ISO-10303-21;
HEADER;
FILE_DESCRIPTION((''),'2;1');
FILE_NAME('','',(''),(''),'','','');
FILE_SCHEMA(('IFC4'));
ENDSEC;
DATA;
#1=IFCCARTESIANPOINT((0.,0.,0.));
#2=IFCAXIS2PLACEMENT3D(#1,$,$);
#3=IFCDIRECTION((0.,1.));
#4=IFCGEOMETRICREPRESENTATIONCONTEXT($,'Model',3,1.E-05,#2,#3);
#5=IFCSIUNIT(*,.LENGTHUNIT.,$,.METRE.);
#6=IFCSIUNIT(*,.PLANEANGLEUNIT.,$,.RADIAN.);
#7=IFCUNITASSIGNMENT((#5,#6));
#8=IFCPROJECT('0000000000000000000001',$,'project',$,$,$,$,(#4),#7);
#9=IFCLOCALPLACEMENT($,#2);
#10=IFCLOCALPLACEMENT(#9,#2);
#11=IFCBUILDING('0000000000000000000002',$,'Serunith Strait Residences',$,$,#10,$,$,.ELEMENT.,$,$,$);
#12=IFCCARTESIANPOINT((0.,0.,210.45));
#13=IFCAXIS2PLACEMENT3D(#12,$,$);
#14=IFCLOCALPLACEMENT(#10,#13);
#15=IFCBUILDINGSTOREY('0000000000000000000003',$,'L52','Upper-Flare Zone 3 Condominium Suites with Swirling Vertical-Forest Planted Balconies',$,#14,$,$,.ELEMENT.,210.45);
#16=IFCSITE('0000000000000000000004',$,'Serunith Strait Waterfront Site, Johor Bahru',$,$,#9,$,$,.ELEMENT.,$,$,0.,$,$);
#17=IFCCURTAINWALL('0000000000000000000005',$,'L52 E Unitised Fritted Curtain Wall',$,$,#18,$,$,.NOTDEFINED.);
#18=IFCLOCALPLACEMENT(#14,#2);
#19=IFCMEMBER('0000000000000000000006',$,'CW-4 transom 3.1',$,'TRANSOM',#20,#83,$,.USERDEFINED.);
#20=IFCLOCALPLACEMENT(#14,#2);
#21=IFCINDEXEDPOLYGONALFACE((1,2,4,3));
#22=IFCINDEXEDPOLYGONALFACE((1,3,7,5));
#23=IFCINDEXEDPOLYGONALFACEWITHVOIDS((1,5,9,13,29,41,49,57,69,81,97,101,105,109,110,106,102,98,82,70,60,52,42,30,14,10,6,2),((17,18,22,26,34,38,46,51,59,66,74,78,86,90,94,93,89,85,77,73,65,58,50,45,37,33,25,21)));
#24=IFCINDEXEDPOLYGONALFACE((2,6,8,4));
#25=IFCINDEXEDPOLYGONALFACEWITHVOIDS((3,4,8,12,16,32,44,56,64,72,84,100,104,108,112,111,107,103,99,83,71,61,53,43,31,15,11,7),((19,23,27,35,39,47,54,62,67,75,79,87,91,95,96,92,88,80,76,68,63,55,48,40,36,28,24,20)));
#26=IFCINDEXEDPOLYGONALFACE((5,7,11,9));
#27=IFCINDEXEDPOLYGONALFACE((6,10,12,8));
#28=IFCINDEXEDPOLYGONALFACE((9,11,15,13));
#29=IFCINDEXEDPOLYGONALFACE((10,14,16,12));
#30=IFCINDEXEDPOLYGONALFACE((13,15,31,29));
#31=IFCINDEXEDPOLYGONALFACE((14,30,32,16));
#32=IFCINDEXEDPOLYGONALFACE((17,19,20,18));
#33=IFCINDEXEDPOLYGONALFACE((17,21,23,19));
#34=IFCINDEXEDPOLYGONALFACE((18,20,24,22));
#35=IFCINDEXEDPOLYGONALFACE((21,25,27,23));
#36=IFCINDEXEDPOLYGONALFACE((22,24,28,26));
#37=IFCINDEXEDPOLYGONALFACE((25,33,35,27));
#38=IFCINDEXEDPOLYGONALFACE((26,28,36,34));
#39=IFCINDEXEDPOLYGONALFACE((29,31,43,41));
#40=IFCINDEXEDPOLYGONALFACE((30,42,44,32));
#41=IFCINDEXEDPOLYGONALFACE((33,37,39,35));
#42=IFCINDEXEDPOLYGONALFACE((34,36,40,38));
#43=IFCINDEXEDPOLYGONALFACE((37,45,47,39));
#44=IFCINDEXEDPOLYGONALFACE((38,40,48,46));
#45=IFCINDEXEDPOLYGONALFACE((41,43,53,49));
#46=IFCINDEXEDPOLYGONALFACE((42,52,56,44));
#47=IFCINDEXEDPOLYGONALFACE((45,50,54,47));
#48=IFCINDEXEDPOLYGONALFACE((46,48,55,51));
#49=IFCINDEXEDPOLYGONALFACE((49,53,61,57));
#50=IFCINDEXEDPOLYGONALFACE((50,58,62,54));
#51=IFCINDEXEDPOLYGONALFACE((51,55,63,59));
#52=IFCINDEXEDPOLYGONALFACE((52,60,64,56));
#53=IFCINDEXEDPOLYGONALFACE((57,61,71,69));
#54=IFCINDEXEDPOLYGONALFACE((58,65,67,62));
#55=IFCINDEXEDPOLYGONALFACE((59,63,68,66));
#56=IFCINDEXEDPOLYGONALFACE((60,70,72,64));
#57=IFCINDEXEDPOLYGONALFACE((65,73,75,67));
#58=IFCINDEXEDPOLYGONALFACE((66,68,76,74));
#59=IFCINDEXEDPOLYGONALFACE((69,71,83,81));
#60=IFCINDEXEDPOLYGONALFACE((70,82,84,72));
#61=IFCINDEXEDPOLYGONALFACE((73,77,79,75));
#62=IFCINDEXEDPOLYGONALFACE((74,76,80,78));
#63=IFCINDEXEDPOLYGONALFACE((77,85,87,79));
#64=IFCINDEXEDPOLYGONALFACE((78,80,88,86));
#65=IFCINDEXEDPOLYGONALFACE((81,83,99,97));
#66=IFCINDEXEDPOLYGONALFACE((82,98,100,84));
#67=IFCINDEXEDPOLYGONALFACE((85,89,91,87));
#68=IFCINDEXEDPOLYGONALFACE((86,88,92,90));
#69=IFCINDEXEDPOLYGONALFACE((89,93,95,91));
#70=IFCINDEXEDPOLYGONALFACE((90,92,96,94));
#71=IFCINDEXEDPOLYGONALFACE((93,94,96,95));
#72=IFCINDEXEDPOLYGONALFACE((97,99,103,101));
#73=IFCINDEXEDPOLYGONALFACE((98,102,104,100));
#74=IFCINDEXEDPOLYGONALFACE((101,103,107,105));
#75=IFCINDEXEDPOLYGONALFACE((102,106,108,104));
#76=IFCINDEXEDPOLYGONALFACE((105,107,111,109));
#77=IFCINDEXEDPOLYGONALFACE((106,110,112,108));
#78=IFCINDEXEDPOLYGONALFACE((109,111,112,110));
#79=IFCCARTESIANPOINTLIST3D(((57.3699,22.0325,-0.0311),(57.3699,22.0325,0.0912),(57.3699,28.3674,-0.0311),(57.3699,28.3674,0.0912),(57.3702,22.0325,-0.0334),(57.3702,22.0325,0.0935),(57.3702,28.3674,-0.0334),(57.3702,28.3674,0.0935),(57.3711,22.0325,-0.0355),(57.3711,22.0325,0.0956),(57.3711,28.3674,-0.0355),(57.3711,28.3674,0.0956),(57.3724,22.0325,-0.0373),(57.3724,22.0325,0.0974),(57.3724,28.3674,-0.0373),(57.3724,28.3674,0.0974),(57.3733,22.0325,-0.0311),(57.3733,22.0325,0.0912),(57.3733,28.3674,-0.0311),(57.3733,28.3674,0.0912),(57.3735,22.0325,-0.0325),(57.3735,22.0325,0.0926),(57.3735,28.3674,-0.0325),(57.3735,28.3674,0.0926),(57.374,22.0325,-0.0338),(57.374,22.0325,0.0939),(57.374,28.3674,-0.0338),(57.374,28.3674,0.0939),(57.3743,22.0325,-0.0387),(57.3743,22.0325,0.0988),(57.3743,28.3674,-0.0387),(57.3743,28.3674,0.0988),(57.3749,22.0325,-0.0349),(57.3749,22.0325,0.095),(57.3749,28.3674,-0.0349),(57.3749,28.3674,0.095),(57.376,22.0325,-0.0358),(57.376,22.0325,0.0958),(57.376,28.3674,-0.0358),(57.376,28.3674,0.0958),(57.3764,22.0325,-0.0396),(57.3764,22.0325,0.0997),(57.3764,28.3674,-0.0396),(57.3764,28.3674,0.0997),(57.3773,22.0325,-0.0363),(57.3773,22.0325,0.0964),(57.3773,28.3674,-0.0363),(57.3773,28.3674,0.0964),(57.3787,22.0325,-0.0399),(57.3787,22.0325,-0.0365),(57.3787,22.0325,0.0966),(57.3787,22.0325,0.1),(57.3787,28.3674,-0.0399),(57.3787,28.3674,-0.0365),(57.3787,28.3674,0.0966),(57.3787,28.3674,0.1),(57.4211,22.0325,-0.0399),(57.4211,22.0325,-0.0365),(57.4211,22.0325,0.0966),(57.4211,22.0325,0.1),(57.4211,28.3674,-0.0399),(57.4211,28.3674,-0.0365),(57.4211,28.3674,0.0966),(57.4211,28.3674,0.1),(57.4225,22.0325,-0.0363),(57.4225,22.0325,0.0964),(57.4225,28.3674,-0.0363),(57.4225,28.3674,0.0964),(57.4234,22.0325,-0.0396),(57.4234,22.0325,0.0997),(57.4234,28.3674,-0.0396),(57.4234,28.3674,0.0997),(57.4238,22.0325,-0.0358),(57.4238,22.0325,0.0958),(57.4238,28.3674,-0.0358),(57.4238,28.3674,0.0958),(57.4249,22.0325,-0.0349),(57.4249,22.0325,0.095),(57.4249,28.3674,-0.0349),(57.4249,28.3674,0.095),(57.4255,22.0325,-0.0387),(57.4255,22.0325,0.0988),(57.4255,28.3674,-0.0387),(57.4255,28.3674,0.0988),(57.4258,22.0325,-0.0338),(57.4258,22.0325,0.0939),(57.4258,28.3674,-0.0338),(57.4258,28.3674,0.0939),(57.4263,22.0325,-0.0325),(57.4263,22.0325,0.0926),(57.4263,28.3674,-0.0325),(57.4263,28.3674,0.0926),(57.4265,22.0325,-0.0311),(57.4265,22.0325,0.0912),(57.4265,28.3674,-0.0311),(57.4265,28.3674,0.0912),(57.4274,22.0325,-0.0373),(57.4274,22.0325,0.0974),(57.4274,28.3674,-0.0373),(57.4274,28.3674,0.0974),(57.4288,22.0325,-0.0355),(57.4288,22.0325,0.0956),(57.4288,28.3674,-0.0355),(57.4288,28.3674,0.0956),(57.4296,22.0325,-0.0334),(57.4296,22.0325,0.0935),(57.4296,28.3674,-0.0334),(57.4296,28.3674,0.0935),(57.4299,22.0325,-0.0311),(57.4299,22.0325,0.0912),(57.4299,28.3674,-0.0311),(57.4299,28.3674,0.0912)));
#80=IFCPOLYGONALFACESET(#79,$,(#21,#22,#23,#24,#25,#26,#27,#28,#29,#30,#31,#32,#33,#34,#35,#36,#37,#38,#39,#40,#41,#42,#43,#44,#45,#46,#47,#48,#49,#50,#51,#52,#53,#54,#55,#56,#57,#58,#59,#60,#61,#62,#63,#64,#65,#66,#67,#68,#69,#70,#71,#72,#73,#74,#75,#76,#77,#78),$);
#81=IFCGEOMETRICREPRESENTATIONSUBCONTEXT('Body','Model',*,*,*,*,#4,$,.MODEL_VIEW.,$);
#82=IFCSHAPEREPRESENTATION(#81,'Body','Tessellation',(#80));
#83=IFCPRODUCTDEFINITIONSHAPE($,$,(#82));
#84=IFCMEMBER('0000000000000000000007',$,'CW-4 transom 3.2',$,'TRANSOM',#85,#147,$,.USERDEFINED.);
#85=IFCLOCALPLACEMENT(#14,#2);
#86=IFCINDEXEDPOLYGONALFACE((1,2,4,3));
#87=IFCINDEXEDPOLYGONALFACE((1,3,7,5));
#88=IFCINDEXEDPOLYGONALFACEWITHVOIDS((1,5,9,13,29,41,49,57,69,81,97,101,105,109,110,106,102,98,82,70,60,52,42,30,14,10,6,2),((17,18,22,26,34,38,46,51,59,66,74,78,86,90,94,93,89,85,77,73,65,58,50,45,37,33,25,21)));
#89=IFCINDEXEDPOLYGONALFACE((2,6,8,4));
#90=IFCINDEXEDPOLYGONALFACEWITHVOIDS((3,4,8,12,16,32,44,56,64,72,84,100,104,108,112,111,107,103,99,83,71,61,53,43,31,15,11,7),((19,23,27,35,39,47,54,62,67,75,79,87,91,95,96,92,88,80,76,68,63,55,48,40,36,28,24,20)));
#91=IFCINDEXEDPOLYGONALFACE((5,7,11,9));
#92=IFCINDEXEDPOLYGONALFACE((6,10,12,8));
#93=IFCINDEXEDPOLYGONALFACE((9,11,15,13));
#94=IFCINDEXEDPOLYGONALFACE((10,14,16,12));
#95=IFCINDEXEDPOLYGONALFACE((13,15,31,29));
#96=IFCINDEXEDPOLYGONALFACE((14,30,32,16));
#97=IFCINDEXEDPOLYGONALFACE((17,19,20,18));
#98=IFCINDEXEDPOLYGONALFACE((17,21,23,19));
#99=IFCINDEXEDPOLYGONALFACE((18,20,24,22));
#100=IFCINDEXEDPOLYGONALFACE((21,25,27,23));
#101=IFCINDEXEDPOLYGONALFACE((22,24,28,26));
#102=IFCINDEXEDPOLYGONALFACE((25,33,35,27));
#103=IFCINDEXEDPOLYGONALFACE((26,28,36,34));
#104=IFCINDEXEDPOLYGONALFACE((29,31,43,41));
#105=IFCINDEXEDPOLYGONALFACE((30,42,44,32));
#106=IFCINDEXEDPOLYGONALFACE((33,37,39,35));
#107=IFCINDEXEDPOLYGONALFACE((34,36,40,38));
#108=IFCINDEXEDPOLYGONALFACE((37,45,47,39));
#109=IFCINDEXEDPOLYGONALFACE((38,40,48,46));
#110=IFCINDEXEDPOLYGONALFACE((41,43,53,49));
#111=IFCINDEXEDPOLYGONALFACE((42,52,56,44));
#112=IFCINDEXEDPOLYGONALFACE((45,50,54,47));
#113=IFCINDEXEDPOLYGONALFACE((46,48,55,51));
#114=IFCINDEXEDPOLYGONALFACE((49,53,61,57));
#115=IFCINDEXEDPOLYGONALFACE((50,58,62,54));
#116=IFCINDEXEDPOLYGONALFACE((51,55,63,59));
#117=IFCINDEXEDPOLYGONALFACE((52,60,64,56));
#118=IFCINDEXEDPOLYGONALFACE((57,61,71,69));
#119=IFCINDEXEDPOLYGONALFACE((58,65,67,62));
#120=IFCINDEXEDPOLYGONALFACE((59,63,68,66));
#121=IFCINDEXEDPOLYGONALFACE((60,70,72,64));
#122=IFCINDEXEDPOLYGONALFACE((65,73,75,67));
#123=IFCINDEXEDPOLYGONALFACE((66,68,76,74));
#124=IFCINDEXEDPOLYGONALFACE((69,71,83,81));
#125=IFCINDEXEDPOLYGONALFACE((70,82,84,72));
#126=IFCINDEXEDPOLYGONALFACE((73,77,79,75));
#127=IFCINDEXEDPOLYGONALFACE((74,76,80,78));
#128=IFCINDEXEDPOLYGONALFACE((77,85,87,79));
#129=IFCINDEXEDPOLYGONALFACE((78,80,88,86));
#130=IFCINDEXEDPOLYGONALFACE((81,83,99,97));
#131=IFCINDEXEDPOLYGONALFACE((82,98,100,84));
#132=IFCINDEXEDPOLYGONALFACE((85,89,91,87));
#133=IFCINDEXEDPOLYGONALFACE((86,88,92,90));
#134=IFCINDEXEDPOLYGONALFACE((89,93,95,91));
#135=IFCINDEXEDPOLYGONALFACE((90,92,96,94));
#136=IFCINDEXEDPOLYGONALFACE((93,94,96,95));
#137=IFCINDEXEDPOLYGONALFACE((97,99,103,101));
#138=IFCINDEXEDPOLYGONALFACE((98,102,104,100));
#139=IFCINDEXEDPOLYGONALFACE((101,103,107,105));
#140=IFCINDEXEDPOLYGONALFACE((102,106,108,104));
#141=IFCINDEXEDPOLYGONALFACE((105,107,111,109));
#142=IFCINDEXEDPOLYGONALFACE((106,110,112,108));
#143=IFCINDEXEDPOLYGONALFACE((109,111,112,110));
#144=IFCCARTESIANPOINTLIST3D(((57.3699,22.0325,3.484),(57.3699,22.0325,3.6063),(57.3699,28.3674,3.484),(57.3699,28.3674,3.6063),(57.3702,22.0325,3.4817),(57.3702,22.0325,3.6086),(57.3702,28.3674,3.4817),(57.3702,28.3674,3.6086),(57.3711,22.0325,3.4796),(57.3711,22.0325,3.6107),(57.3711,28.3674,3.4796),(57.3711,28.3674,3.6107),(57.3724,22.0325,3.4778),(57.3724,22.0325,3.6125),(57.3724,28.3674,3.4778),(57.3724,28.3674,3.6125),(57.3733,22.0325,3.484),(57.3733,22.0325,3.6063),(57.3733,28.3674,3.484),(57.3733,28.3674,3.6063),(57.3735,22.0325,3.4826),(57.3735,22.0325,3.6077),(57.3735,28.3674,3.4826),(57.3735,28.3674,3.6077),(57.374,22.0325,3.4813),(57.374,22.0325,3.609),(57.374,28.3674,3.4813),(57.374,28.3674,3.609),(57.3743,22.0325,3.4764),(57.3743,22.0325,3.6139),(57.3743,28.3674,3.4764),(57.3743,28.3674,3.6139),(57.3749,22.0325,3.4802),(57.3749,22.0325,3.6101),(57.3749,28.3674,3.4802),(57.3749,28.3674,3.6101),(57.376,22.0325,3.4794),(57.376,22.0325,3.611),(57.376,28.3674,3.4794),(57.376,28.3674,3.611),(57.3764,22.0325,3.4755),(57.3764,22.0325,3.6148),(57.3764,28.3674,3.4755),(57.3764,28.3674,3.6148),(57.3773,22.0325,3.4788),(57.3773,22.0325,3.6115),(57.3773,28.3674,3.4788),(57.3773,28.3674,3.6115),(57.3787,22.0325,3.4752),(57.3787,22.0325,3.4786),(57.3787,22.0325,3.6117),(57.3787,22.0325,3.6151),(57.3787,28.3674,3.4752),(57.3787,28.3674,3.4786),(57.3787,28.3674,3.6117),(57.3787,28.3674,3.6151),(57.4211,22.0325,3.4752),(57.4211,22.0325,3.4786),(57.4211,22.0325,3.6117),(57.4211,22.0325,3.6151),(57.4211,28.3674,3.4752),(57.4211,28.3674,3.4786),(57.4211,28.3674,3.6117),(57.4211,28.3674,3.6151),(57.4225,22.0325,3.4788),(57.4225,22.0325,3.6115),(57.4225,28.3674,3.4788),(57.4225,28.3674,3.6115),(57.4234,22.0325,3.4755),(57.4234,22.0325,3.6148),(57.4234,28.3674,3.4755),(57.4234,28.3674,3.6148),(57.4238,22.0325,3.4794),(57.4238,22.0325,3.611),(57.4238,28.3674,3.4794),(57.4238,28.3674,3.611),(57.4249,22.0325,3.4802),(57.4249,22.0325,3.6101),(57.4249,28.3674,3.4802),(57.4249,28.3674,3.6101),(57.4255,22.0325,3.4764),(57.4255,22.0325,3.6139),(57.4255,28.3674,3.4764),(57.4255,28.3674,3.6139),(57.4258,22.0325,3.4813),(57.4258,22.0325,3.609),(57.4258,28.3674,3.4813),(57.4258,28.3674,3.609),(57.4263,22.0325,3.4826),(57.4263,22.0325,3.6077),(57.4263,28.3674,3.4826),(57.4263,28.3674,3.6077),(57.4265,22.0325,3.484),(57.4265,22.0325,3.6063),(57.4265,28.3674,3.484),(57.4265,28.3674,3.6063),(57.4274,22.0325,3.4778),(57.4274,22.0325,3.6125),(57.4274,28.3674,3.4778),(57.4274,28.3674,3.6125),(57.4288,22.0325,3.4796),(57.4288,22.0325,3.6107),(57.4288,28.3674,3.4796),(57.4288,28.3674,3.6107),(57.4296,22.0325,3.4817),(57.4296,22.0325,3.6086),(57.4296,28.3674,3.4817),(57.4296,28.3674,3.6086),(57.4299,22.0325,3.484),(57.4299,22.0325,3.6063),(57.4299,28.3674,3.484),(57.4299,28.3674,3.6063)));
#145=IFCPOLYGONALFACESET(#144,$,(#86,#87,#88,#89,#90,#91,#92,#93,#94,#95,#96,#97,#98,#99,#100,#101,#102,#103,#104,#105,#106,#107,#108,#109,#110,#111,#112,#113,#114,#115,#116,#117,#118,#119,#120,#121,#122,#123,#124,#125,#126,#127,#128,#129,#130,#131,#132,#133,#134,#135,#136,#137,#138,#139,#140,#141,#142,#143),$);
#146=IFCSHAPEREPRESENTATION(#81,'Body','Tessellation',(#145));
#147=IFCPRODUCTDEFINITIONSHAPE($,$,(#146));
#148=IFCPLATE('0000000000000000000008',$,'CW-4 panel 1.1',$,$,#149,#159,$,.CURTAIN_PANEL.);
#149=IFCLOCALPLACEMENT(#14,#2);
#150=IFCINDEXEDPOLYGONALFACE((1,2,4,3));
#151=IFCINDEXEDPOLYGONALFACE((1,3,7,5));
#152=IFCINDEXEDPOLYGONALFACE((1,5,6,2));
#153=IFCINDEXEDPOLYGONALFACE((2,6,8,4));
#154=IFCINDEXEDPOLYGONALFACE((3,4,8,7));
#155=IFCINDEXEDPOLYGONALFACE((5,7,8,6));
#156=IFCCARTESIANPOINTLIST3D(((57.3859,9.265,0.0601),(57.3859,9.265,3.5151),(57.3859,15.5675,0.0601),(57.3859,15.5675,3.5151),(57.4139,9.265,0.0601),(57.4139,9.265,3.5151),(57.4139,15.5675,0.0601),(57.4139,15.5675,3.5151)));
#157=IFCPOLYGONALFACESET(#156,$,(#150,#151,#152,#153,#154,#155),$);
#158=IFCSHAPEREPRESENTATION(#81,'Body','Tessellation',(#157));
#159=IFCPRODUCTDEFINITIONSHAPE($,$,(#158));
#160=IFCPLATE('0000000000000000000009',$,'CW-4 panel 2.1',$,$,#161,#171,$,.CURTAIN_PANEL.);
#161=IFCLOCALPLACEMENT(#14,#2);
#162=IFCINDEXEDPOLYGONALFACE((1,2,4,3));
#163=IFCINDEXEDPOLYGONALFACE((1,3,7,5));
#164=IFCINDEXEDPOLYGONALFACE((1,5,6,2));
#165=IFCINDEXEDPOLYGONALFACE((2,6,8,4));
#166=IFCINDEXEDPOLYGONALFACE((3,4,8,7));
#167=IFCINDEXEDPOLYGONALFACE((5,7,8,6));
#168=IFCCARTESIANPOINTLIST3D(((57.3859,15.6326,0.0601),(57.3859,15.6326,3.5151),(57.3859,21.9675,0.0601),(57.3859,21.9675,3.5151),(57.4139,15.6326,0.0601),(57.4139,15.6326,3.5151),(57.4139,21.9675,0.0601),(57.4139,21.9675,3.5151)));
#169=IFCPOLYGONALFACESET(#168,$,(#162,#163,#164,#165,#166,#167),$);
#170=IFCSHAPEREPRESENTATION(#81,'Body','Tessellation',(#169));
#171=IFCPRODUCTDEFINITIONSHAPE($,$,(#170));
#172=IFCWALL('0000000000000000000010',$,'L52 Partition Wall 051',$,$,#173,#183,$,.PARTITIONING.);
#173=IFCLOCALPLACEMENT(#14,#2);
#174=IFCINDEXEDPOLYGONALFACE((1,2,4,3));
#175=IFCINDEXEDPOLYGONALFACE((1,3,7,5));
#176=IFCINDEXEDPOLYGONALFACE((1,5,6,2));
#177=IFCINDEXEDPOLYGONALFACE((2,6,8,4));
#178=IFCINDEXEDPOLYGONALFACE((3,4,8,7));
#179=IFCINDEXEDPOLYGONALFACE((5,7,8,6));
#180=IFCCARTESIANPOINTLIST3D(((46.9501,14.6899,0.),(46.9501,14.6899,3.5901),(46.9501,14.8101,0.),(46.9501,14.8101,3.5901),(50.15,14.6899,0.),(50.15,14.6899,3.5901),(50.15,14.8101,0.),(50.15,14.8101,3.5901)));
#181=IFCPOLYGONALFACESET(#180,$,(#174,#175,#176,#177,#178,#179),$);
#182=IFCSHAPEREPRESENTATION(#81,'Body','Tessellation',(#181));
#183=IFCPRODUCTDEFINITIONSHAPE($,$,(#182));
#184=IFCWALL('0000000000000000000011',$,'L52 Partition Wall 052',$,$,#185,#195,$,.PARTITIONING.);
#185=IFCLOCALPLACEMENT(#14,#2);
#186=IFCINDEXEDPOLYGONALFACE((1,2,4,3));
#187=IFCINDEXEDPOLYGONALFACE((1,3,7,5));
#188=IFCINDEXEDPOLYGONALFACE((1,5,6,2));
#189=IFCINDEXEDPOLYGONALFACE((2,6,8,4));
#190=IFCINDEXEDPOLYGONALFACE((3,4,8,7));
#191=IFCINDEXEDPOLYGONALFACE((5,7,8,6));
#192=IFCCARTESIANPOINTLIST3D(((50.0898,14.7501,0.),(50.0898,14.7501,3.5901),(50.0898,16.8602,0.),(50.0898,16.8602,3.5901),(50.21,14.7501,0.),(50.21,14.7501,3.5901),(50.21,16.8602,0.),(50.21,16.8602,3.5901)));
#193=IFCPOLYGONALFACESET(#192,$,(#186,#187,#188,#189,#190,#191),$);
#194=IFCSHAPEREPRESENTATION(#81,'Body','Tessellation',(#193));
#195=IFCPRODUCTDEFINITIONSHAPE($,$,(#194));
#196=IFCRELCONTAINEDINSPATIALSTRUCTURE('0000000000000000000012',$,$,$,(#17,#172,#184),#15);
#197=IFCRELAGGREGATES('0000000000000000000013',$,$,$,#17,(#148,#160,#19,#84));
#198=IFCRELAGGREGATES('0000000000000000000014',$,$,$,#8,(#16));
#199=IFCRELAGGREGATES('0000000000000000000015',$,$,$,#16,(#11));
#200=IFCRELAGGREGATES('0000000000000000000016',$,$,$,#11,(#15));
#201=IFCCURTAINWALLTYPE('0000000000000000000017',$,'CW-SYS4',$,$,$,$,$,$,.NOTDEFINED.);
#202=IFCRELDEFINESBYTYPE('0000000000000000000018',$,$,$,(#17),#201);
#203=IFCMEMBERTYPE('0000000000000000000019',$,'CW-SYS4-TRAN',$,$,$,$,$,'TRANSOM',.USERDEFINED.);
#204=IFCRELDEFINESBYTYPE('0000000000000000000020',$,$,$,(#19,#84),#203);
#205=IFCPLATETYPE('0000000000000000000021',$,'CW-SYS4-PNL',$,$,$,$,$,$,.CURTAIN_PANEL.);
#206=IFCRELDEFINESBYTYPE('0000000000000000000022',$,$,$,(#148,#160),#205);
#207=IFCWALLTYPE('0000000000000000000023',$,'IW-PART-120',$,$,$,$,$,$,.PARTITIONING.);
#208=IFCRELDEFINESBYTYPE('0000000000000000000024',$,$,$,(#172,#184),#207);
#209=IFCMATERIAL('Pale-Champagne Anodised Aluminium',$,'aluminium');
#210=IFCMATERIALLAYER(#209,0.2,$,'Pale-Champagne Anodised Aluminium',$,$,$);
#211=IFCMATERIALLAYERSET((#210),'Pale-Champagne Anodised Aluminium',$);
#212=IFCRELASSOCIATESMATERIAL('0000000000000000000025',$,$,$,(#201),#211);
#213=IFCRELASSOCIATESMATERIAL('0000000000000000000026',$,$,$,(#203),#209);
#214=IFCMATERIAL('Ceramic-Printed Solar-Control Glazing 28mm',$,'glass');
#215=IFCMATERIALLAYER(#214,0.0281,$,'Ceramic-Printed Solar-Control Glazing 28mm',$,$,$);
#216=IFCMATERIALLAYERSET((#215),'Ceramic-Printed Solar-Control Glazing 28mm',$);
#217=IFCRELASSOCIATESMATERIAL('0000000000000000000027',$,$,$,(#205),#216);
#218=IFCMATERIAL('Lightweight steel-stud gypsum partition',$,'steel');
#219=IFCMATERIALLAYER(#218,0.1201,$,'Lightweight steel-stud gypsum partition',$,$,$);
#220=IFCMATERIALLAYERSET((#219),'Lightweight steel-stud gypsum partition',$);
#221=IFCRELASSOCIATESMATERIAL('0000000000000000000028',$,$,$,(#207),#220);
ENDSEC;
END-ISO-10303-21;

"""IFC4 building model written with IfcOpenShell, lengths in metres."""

from ifc_helpers import new_model, si_unit, direction, frame, frame_2d, origin, origin_2d, place, context, subcontext, project, spatial, rectangle, hollow_rectangle, extrude, source, transform, mapped, material, layer, layer_set, material_profile, profile_set, type_object, element, aggregate, save


model = new_model("IFC4")

# Units and contexts
model_context = context("Model", 3, precision=1e-05, world=origin(), true_north=direction((0.0, 1.0)))
body_context = subcontext(model_context, "Body", "Model", "MODEL_VIEW")
ifc_project = project(units=[si_unit("LENGTHUNIT", "METRE"), si_unit("PLANEANGLEUNIT", "RADIAN")], contexts=[model_context])

# Site, building, storey
site_placement = place(None, origin())
site = spatial("IfcSite", under=ifc_project, at=site_placement, Name="Serunith Strait Waterfront Site, Johor Bahru", CompositionType="ELEMENT", RefElevation=0.0)
building_placement = place(site_placement, origin())
building = spatial("IfcBuilding", under=site, at=building_placement, Name="Serunith Strait Residences", CompositionType="ELEMENT")
storey_placement = place(building_placement, frame((0.0, 0.0, 210.45)))
storey = spatial("IfcBuildingStorey", under=building, at=storey_placement, Name="L52", Description="Upper-Flare Zone 3 Condominium Suites with Swirling Vertical-Forest Planted Balconies", CompositionType="ELEMENT", Elevation=210.45)

# Curtain wall, members, plates
ifc_material_1 = material(Name="Pale-Champagne Anodised Aluminium", Category="aluminium")
ifc_layer_1 = layer(ifc_material_1, 0.2, Name="Pale-Champagne Anodised Aluminium")
ifc_layer_set_1 = layer_set([ifc_layer_1], Name="Pale-Champagne Anodised Aluminium")
curtain_wall_type = type_object("IfcCurtainWallType", Name="CW-SYS4", PredefinedType="NOTDEFINED", material=ifc_layer_set_1)
curtain_wall_placement = place(storey_placement, origin())
curtain_wall = element("IfcCurtainWall", 1, at=curtain_wall_placement, inside=storey, type_object=curtain_wall_type, Name="L52 E Unitised Fritted Curtain Wall", PredefinedType="NOTDEFINED")
ifc_material_profile_1 = material_profile(ifc_material_1, hollow_rectangle(XDim=0.0601, YDim=0.1399, WallThickness=0.0034, InnerFilletRadius=0.0054, OuterFilletRadius=0.0088, at=origin_2d()), Name="ALU 140x60x3.5")
ifc_profile_set_1 = profile_set([ifc_material_profile_1], Name="Pale-Champagne Anodised Aluminium")
member_type_1 = type_object("IfcMemberType", Name="CW-SYS4-TRAN", ElementType="TRANSOM", PredefinedType="USERDEFINED", material=ifc_profile_set_1)
shared_shape_1 = source(origin(), body_context, "Body", "SweptSolid", [
    extrude(hollow_rectangle(XDim=0.0601, YDim=0.1399, WallThickness=0.0034, InnerFilletRadius=0.0054, OuterFilletRadius=0.0088, at=origin_2d()), origin(), (0.0, 0.0, 1.0), 6.335),
])
member_1_placement = place(storey_placement, frame((57.3999, 22.0325, 0.03), z_axis=(0.0, 1.0, 0.0), x_axis=(-1.0, 0.0, 0.0)))
member_1 = element("IfcMember", 2, at=member_1_placement, type_object=member_type_1, Name="CW-4 transom 3.1", ObjectType="TRANSOM", PredefinedType="USERDEFINED", context=body_context, shape_type="MappedRepresentation", body=[
    mapped(shared_shape_1, transform((0.0, 0.0, 0.0), scale=1.0)),
])
member_2_placement = place(storey_placement, frame((57.3999, 22.0325, 3.5452), z_axis=(0.0, 1.0, 0.0), x_axis=(-1.0, 0.0, 0.0)))
member_2 = element("IfcMember", 3, at=member_2_placement, type_object=member_type_1, Name="CW-4 transom 3.2", ObjectType="TRANSOM", PredefinedType="USERDEFINED", context=body_context, shape_type="MappedRepresentation", body=[
    mapped(shared_shape_1, transform((0.0, 0.0, 0.0), scale=1.0)),
])
ifc_material_2 = material(Name="Ceramic-Printed Solar-Control Glazing 28mm", Category="glass")
ifc_layer_2 = layer(ifc_material_2, 0.0281, Name="Ceramic-Printed Solar-Control Glazing 28mm")
ifc_layer_set_2 = layer_set([ifc_layer_2], Name="Ceramic-Printed Solar-Control Glazing 28mm")
plate_type = type_object("IfcPlateType", Name="CW-SYS4-PNL", PredefinedType="CURTAIN_PANEL", material=ifc_layer_set_2)
shared_shape_2 = source(origin(), body_context, "Body", "SweptSolid", [
    extrude(rectangle(XDim=6.3025, YDim=0.0281, at=origin_2d()), origin(), (0.0, 0.0, 1.0), 3.4551),
])
plate_1_placement = place(storey_placement, frame((57.3999, 12.4163, 0.0601), z_axis=(0.0, 0.0, 1.0), x_axis=(0.0, 1.0, 0.0)))
plate_1 = element("IfcPlate", 4, at=plate_1_placement, type_object=plate_type, Name="CW-4 panel 1.1", PredefinedType="CURTAIN_PANEL", context=body_context, shape_type="MappedRepresentation", body=[
    mapped(shared_shape_2, transform((0.0, 0.0, 0.0), scale=1.0)),
])
shared_shape_3 = source(origin(), body_context, "Body", "SweptSolid", [
    extrude(rectangle(XDim=6.335, YDim=0.0281, at=origin_2d()), origin(), (0.0, 0.0, 1.0), 3.4551),
])
plate_2_placement = place(storey_placement, frame((57.3999, 18.8, 0.0601), z_axis=(0.0, 0.0, 1.0), x_axis=(0.0, 1.0, 0.0)))
plate_2 = element("IfcPlate", 5, at=plate_2_placement, type_object=plate_type, Name="CW-4 panel 2.1", PredefinedType="CURTAIN_PANEL", context=body_context, shape_type="MappedRepresentation", body=[
    mapped(shared_shape_3, transform((0.0, 0.0, 0.0), scale=1.0)),
])
aggregate(curtain_wall, [plate_1, plate_2, member_1, member_2])

# Walls
ifc_material_3 = material(Name="Lightweight steel-stud gypsum partition", Category="steel")
ifc_layer_3 = layer(ifc_material_3, 0.1201, Name="Lightweight steel-stud gypsum partition")
ifc_layer_set_3 = layer_set([ifc_layer_3], Name="Lightweight steel-stud gypsum partition")
wall_type = type_object("IfcWallType", Name="IW-PART-120", PredefinedType="PARTITIONING", material=ifc_layer_set_3)
wall_1_placement = place(storey_placement, frame((46.95, 14.75, 0.0), z_axis=(0.0, 0.0, 1.0), x_axis=(1.0, 0.0, 0.0)))
element("IfcWall", 6, at=wall_1_placement, inside=storey, type_object=wall_type, Name="L52 Partition Wall 051", PredefinedType="PARTITIONING", context=body_context, shape_type="SweptSolid", body=[
    extrude(rectangle(XDim=3.2, YDim=0.1201, at=frame_2d((1.6001, 0.0))), origin(), (0.0, 0.0, 1.0), 3.5901),
])
wall_2_placement = place(storey_placement, frame((50.1499, 14.75, 0.0), z_axis=(0.0, 0.0, 1.0), x_axis=(0.0, 1.0, 0.0)))
element("IfcWall", 7, at=wall_2_placement, inside=storey, type_object=wall_type, Name="L52 Partition Wall 052", PredefinedType="PARTITIONING", context=body_context, shape_type="SweptSolid", body=[
    extrude(rectangle(XDim=2.1101, YDim=0.1201, at=frame_2d((1.0552, 0.0))), origin(), (0.0, 0.0, 1.0), 3.5901),
])

save(model, "model.ifc")
